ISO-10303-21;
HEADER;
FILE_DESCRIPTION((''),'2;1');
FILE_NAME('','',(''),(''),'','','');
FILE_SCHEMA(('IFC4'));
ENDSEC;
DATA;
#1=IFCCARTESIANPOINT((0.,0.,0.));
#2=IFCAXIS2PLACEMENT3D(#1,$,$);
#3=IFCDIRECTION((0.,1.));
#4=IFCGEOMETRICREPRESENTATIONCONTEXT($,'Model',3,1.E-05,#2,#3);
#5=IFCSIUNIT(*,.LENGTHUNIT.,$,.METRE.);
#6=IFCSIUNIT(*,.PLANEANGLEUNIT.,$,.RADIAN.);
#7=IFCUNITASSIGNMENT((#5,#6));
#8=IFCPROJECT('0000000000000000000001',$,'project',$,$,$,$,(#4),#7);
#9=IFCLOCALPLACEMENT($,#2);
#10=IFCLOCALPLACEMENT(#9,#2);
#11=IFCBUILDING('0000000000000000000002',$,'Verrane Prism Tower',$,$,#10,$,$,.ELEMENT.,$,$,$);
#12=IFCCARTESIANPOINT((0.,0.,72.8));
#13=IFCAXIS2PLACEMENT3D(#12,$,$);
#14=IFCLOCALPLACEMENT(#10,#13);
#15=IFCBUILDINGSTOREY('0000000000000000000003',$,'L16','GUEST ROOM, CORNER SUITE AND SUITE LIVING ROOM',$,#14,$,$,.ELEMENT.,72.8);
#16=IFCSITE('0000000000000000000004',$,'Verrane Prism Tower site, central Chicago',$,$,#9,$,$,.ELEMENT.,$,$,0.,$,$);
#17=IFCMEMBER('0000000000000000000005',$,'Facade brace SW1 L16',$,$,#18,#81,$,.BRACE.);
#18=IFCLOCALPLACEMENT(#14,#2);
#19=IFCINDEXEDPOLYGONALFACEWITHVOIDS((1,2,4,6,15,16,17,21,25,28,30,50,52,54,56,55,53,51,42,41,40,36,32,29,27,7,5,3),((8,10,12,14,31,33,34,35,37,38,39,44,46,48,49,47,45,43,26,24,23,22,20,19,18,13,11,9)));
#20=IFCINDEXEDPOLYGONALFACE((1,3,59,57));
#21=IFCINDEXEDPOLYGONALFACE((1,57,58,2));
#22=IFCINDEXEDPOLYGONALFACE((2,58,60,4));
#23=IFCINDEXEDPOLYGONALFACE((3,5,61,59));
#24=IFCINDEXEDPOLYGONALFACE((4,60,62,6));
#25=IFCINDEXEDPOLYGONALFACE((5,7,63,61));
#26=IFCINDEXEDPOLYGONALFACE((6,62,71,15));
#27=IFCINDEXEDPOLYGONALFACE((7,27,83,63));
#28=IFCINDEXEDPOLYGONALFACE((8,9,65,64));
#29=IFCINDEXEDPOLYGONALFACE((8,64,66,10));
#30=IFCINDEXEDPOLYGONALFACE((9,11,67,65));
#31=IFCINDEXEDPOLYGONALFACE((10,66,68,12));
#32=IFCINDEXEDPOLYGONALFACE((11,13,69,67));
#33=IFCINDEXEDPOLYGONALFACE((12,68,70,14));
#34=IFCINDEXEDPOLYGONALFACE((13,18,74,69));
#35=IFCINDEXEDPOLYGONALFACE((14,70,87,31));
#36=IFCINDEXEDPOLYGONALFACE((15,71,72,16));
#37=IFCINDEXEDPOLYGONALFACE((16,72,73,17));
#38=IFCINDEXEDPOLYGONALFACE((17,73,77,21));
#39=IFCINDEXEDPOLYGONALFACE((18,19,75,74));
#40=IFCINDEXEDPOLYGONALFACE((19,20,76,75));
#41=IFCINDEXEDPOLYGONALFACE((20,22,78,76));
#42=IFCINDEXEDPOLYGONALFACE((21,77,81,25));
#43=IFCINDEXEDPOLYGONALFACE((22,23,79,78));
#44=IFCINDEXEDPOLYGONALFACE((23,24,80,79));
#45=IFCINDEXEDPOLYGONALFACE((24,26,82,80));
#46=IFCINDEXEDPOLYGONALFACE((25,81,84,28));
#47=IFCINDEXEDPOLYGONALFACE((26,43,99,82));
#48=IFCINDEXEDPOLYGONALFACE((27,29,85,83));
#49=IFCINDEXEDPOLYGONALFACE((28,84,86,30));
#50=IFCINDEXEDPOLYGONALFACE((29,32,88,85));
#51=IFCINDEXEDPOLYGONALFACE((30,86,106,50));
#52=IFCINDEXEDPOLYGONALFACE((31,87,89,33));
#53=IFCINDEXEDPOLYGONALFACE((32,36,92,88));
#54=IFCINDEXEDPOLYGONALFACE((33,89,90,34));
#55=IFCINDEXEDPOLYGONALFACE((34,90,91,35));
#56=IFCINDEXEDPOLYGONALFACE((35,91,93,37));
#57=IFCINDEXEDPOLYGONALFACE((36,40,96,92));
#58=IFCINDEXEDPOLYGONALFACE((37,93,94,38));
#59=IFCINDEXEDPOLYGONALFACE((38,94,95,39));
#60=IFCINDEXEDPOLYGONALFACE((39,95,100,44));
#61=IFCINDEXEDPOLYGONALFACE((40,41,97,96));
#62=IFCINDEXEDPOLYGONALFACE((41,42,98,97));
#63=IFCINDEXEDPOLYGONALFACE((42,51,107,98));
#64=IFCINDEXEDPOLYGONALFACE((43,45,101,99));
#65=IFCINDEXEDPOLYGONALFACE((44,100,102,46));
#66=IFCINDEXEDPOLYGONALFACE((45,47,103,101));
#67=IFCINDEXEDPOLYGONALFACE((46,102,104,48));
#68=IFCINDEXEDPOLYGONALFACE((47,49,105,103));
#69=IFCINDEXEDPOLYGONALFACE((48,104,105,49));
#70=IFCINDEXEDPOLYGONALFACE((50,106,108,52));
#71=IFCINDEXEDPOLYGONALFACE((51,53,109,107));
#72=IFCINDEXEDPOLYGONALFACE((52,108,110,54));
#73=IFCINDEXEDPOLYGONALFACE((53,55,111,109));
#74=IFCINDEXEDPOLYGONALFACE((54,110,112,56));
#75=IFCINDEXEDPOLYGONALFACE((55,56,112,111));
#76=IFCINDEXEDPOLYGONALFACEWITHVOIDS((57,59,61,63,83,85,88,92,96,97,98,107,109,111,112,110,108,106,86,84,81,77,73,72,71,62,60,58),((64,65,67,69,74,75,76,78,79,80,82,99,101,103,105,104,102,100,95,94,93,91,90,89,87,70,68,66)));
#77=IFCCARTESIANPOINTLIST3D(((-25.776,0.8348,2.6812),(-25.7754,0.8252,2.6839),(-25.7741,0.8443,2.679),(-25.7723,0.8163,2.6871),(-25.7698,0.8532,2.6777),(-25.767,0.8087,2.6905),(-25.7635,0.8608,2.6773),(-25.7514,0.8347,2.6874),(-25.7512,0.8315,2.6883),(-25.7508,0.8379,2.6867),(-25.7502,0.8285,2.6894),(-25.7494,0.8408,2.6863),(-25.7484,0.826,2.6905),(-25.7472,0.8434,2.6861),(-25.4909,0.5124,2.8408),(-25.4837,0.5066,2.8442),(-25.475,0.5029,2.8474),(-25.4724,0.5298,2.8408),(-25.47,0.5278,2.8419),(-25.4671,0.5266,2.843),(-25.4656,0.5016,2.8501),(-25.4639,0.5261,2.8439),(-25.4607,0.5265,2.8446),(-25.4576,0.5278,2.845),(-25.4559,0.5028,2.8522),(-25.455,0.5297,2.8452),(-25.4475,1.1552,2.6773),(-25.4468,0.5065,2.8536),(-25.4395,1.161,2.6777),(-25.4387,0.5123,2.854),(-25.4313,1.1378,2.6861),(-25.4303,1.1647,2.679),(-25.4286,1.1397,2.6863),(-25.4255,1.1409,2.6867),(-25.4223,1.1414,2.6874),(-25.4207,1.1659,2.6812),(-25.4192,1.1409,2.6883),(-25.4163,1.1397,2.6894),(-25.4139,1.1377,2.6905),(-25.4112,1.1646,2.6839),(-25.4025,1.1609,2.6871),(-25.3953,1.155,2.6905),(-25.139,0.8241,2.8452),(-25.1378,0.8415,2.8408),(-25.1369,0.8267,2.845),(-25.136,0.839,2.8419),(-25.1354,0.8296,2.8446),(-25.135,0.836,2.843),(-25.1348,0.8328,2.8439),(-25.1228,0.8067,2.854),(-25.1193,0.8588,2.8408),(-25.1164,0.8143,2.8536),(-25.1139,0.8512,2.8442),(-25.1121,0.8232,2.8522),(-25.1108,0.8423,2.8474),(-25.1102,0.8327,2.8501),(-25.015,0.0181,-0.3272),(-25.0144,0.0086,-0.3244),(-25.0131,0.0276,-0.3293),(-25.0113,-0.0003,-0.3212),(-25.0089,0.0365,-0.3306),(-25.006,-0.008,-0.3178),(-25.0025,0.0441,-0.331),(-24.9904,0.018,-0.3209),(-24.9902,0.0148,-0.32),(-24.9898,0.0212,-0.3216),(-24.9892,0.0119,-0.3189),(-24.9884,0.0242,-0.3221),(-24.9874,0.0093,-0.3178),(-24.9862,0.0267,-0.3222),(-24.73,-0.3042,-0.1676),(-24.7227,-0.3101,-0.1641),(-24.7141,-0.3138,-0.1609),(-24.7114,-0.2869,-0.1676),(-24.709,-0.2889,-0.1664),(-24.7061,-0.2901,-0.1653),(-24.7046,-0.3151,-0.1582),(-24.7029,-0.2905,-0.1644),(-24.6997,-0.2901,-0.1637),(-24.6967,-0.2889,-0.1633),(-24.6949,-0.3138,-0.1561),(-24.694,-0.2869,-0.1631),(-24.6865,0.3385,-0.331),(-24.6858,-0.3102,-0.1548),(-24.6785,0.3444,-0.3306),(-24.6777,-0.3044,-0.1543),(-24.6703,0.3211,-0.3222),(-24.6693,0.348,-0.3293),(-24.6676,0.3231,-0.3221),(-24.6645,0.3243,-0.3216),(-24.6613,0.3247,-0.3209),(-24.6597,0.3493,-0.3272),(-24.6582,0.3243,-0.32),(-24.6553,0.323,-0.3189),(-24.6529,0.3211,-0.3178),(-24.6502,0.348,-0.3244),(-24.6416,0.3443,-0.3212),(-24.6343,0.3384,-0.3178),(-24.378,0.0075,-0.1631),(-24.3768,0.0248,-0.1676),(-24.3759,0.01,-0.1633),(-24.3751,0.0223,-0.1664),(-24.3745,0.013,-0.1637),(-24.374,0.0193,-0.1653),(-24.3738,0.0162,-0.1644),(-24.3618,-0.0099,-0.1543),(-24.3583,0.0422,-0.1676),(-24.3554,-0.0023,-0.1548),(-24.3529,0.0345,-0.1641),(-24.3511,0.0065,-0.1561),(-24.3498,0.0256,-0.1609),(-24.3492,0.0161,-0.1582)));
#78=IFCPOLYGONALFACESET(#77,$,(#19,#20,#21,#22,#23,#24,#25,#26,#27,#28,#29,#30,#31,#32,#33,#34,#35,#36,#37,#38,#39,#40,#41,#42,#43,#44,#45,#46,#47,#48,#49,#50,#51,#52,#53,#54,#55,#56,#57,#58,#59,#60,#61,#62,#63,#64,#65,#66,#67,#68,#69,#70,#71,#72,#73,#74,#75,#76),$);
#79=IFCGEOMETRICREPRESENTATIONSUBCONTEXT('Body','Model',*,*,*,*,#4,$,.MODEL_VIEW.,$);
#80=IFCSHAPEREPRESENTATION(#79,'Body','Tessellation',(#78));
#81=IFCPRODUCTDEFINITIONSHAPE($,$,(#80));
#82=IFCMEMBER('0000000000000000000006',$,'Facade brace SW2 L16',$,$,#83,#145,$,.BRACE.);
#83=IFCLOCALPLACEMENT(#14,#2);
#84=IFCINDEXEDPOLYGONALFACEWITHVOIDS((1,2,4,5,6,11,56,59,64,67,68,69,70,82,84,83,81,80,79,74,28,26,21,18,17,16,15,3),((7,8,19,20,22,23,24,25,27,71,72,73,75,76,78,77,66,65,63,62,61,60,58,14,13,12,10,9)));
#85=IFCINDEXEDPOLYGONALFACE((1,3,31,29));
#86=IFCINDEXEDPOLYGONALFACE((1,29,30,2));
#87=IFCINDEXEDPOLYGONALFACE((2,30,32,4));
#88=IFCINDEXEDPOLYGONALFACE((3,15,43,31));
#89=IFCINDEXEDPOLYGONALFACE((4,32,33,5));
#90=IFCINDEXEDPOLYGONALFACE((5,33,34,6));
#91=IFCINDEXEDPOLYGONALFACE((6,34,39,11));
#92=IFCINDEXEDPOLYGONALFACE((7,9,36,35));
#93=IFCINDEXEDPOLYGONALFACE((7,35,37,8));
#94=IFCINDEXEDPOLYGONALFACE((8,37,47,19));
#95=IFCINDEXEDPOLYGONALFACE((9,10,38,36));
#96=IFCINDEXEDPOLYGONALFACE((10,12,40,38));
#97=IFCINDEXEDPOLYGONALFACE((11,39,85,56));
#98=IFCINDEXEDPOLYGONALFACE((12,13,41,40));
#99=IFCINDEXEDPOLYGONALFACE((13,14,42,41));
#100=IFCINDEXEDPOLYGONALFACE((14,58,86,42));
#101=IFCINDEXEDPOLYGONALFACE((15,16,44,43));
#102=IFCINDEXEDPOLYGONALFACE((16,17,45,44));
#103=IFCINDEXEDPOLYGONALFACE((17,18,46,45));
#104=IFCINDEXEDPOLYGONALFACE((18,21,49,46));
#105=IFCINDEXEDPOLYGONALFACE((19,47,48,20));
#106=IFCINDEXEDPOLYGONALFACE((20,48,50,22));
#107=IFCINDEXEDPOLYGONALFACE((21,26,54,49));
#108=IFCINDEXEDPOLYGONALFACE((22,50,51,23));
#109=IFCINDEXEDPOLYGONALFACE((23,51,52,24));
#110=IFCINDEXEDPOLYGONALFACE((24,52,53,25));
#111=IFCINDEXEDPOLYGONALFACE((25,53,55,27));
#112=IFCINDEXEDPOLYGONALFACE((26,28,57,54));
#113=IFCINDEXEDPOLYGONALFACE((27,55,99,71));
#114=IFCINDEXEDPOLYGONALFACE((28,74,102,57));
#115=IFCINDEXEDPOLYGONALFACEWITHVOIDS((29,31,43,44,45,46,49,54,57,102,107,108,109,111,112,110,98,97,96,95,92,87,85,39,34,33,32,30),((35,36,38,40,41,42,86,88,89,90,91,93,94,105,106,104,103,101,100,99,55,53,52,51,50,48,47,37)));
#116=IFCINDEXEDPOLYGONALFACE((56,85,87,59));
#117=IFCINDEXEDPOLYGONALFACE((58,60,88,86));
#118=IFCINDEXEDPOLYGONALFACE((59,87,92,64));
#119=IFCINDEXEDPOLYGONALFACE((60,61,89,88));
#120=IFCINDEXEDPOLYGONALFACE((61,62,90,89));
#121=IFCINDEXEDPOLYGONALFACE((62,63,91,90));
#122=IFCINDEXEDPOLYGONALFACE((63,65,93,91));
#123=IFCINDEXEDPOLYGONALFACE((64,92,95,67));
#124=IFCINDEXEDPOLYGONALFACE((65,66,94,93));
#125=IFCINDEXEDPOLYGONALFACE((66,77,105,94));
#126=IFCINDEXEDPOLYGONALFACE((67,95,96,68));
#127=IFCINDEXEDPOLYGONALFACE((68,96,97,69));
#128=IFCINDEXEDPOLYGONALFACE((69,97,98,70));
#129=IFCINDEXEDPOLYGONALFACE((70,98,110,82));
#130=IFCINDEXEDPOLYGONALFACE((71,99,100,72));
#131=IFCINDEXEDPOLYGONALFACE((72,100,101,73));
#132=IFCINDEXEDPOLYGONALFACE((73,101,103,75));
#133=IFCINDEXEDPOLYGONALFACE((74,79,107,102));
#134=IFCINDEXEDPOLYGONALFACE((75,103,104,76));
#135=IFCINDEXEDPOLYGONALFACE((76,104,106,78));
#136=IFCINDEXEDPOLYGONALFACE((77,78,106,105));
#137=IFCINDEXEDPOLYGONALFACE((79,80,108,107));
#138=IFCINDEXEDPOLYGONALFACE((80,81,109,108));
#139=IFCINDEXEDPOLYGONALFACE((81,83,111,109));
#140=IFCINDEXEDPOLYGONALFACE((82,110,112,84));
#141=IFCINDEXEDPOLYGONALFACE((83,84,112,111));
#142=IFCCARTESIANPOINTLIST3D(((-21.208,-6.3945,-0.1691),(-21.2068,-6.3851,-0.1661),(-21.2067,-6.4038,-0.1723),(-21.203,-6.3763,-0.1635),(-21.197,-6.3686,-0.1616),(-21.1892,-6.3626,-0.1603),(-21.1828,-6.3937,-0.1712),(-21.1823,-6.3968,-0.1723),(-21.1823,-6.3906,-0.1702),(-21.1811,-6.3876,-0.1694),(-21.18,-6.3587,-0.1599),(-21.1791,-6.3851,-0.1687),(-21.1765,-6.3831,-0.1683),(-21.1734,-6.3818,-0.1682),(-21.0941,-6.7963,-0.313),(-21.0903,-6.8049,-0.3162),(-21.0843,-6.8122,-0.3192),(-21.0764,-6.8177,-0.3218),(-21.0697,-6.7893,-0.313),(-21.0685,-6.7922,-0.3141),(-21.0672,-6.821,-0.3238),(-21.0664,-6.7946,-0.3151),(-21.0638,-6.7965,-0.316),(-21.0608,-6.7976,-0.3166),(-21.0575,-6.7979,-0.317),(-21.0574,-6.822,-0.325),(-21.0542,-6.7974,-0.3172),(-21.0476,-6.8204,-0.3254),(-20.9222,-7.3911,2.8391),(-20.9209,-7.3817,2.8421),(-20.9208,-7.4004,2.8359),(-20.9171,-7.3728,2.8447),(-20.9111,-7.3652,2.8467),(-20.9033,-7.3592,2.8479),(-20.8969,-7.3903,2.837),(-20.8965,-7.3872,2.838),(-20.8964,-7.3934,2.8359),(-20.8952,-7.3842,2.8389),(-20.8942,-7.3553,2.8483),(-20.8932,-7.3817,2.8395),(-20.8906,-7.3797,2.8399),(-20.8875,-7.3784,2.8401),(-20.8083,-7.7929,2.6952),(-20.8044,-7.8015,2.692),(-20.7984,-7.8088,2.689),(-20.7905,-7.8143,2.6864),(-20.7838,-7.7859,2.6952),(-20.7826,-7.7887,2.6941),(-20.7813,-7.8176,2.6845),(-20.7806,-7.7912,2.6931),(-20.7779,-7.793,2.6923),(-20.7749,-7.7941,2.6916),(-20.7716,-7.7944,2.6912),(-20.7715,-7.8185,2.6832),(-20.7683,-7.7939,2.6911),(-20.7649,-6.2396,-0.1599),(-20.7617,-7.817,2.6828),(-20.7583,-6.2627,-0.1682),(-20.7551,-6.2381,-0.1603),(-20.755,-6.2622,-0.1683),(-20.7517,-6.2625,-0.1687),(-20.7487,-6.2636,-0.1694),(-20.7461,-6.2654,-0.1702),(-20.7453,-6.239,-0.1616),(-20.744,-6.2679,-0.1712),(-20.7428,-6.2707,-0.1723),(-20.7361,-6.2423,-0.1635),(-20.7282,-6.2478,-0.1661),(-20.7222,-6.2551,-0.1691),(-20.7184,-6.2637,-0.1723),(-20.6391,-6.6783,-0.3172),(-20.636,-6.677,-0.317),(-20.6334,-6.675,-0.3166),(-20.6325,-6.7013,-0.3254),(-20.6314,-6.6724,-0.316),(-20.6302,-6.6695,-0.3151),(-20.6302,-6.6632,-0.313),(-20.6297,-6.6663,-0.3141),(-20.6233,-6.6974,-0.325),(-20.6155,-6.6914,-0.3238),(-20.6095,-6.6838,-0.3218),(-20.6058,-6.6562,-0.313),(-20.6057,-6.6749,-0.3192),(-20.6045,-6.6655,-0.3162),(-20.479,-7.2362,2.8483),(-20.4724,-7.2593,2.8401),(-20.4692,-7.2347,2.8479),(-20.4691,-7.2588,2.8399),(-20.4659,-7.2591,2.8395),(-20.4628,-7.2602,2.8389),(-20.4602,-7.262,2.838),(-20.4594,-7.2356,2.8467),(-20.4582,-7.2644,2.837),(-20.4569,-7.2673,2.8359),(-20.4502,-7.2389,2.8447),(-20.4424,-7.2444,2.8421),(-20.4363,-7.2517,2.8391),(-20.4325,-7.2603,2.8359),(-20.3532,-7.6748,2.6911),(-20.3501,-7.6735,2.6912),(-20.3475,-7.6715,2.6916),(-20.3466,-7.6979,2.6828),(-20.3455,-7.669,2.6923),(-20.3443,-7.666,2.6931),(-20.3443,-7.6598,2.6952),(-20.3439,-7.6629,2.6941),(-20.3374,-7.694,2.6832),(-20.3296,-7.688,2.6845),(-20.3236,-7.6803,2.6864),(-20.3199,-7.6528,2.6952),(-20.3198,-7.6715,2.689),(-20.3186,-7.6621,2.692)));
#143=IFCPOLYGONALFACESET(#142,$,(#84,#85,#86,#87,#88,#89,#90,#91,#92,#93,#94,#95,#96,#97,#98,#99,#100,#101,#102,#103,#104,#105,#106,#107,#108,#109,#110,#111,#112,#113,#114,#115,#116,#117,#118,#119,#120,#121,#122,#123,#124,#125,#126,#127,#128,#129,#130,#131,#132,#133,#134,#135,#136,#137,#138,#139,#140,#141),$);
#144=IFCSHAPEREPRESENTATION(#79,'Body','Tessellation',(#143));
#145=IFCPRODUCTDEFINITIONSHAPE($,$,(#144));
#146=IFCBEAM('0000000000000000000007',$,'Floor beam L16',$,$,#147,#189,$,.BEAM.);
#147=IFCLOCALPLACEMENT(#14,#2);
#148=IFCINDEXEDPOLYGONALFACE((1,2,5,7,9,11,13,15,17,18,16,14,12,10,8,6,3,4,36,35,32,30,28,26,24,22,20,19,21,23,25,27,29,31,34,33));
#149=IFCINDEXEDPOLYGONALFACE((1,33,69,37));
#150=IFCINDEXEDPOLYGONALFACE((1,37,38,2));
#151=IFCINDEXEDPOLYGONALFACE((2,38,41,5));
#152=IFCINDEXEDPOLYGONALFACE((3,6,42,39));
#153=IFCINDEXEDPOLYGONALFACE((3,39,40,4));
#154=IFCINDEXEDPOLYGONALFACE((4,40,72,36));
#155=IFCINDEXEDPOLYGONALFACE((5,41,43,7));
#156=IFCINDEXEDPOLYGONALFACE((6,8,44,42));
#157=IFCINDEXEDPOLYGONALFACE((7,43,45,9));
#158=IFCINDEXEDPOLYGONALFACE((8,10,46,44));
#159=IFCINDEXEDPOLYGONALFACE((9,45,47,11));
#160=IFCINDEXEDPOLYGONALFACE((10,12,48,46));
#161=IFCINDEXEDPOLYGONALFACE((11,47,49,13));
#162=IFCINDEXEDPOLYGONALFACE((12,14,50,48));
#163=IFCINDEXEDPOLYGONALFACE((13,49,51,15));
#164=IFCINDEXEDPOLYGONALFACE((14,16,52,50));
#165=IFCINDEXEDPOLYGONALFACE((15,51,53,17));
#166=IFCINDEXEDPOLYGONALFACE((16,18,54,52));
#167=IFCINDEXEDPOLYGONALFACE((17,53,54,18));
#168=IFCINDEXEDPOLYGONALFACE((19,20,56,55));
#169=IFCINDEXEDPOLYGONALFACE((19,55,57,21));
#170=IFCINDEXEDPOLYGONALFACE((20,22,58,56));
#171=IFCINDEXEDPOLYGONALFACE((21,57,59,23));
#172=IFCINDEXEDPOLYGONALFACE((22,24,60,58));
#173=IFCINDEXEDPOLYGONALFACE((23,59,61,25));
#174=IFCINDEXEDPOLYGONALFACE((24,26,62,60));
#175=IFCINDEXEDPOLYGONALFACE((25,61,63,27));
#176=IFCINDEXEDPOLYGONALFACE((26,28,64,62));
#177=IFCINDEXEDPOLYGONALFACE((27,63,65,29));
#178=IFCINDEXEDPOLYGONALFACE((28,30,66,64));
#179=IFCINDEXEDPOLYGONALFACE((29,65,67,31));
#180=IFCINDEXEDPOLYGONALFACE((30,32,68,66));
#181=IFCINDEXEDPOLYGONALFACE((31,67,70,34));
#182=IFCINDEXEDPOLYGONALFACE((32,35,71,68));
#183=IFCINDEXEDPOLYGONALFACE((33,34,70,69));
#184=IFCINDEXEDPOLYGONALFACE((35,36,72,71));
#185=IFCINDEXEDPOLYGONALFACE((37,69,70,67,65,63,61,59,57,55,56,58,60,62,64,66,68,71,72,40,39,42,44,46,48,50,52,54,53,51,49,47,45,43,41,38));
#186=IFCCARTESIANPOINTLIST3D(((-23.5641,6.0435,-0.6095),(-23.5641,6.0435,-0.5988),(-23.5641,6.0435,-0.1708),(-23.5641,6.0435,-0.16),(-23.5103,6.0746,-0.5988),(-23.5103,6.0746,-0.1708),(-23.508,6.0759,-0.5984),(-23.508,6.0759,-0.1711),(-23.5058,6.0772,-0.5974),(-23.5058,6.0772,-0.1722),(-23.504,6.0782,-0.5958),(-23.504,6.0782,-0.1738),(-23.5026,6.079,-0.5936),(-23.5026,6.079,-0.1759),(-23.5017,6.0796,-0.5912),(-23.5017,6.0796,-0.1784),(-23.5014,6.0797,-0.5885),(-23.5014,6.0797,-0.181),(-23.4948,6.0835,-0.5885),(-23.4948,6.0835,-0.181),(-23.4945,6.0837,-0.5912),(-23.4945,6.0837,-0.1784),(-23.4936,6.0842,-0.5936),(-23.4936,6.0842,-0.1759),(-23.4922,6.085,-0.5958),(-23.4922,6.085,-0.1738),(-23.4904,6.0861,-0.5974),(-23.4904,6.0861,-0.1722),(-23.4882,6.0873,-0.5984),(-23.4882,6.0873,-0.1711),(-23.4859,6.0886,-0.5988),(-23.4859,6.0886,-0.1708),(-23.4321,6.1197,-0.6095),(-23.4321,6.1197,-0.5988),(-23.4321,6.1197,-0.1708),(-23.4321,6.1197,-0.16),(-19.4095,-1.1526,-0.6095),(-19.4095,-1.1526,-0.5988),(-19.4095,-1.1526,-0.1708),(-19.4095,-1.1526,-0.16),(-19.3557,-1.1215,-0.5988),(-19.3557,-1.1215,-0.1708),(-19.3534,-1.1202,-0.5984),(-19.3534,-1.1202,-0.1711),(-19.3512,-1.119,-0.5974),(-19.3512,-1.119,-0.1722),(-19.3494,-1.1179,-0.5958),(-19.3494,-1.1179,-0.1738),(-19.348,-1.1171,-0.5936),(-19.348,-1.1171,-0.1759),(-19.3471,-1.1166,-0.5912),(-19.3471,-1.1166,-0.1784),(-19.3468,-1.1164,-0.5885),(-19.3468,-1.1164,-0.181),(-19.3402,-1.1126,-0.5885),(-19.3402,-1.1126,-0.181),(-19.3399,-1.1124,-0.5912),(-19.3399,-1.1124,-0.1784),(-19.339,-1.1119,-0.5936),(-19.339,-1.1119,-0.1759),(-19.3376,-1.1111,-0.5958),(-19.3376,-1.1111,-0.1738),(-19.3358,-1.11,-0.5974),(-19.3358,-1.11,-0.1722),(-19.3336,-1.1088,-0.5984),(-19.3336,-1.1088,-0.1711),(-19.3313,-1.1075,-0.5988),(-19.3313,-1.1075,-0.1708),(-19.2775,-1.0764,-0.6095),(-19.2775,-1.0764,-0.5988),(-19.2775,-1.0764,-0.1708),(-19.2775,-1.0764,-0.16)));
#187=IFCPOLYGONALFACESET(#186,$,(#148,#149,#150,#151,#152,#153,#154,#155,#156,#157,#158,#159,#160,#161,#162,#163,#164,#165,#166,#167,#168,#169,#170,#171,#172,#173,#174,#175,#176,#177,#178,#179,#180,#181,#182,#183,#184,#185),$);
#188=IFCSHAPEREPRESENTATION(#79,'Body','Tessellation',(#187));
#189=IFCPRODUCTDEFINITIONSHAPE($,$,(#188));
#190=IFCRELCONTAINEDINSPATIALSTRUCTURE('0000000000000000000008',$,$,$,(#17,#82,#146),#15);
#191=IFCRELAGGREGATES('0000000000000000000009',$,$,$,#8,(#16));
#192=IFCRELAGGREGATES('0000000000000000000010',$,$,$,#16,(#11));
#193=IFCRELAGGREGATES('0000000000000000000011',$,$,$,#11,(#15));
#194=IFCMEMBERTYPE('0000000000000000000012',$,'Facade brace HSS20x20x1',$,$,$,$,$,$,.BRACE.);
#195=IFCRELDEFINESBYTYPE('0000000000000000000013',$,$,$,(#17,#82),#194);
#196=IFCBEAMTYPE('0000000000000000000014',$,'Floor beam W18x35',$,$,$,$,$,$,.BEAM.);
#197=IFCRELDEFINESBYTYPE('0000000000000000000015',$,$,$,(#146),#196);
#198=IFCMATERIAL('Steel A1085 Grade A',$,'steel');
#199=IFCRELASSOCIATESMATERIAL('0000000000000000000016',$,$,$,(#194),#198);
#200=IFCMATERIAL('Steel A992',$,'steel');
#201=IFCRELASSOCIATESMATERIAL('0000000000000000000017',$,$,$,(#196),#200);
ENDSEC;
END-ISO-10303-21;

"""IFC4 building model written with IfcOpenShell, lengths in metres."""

from ifc_helpers import new_model, si_unit, direction, frame, origin, origin_2d, place, context, subcontext, project, spatial, hollow_rectangle, i_section, extrude, material, material_profile, profile_set, type_object, element, save


model = new_model("IFC4")

# Units and contexts
model_context = context("Model", 3, precision=1e-05, world=origin(), true_north=direction((0.0, 1.0)))
body_context = subcontext(model_context, "Body", "Model", "MODEL_VIEW")
ifc_project = project(units=[si_unit("LENGTHUNIT", "METRE"), si_unit("PLANEANGLEUNIT", "RADIAN")], contexts=[model_context])

# Site, building, storey
site_placement = place(None, origin())
site = spatial("IfcSite", under=ifc_project, at=site_placement, Name="Verrane Prism Tower site, central Chicago", CompositionType="ELEMENT", RefElevation=0.0)
building_placement = place(site_placement, origin())
building = spatial("IfcBuilding", under=site, at=building_placement, Name="Verrane Prism Tower", CompositionType="ELEMENT")
storey_placement = place(building_placement, frame((0.0, 0.0, 72.8)))
storey = spatial("IfcBuildingStorey", under=building, at=storey_placement, Name="L16", Description="GUEST ROOM, CORNER SUITE AND SUITE LIVING ROOM", CompositionType="ELEMENT", Elevation=72.8)

# Members
ifc_material_1 = material(Name="Steel A1085 Grade A", Category="steel")
ifc_material_profile_1 = material_profile(ifc_material_1, hollow_rectangle(XDim=0.5081, YDim=0.5081, WallThickness=0.0254, InnerFilletRadius=0.0127, OuterFilletRadius=0.0381, at=origin_2d()), Name="HSS20x20x1")
ifc_profile_set_1 = profile_set([ifc_material_profile_1], Name="Steel A1085 Grade A")
member_type_1 = type_object("IfcMemberType", Name="Facade brace HSS20x20x1", PredefinedType="BRACE", material=ifc_profile_set_1)
member_1_placement = place(storey_placement, frame((-24.6821, 0.0171, -0.2427), z_axis=(-0.237162, 0.25451, 0.937539), x_axis=(-0.731601, -0.681734, 0.0)))
element("IfcMember", 1, at=member_1_placement, inside=storey, type_object=member_type_1, Name="Facade brace SW1 L16", PredefinedType="BRACE", context=body_context, shape_type="SweptSolid", body=[
    extrude(hollow_rectangle(XDim=0.5081, YDim=0.5081, WallThickness=0.0254, InnerFilletRadius=0.0127, OuterFilletRadius=0.0381, at=origin_2d()), origin(), (0.0, 0.0, 1.0), 3.2087),
])
member_2_placement = place(storey_placement, frame((-20.9062, -6.53, -0.2427), z_axis=(0.089847, -0.313199, 0.945428), x_axis=(0.96123, 0.275747, 0.0)))
element("IfcMember", 2, at=member_2_placement, inside=storey, type_object=member_type_1, Name="Facade brace SW2 L16", PredefinedType="BRACE", context=body_context, shape_type="SweptSolid", body=[
    extrude(hollow_rectangle(XDim=0.5081, YDim=0.5081, WallThickness=0.0254, InnerFilletRadius=0.0127, OuterFilletRadius=0.0381, at=origin_2d()), origin(), (0.0, 0.0, 1.0), 3.1819),
])

# Beam
ifc_material_2 = material(Name="Steel A992", Category="steel")
ifc_material_profile_2 = material_profile(ifc_material_2, i_section(OverallWidth=0.1523, OverallDepth=0.4495, WebThickness=0.0076, FlangeThickness=0.0107, FilletRadius=0.0103, at=origin_2d()), Name="W18x35")
ifc_profile_set_2 = profile_set([ifc_material_profile_2], Name="Steel A992")
beam_type_1 = type_object("IfcBeamType", Name="Floor beam W18x35", PredefinedType="BEAM", material=ifc_profile_set_2)
beam_1_placement = place(storey_placement, frame((-19.3435, -1.1145, -0.3848), z_axis=(-0.499991, 0.86603, 0.0), x_axis=(-0.86603, -0.499991, 0.0)))
element("IfcBeam", 3, at=beam_1_placement, inside=storey, type_object=beam_type_1, Name="Floor beam L16", PredefinedType="BEAM", context=body_context, shape_type="SweptSolid", body=[
    extrude(i_section(OverallWidth=0.1523, OverallDepth=0.4495, WebThickness=0.0076, FlangeThickness=0.0107, FilletRadius=0.0103, at=origin_2d()), origin(), (0.0, 0.0, 1.0), 8.3093),
])

save(model, "model.ifc")
